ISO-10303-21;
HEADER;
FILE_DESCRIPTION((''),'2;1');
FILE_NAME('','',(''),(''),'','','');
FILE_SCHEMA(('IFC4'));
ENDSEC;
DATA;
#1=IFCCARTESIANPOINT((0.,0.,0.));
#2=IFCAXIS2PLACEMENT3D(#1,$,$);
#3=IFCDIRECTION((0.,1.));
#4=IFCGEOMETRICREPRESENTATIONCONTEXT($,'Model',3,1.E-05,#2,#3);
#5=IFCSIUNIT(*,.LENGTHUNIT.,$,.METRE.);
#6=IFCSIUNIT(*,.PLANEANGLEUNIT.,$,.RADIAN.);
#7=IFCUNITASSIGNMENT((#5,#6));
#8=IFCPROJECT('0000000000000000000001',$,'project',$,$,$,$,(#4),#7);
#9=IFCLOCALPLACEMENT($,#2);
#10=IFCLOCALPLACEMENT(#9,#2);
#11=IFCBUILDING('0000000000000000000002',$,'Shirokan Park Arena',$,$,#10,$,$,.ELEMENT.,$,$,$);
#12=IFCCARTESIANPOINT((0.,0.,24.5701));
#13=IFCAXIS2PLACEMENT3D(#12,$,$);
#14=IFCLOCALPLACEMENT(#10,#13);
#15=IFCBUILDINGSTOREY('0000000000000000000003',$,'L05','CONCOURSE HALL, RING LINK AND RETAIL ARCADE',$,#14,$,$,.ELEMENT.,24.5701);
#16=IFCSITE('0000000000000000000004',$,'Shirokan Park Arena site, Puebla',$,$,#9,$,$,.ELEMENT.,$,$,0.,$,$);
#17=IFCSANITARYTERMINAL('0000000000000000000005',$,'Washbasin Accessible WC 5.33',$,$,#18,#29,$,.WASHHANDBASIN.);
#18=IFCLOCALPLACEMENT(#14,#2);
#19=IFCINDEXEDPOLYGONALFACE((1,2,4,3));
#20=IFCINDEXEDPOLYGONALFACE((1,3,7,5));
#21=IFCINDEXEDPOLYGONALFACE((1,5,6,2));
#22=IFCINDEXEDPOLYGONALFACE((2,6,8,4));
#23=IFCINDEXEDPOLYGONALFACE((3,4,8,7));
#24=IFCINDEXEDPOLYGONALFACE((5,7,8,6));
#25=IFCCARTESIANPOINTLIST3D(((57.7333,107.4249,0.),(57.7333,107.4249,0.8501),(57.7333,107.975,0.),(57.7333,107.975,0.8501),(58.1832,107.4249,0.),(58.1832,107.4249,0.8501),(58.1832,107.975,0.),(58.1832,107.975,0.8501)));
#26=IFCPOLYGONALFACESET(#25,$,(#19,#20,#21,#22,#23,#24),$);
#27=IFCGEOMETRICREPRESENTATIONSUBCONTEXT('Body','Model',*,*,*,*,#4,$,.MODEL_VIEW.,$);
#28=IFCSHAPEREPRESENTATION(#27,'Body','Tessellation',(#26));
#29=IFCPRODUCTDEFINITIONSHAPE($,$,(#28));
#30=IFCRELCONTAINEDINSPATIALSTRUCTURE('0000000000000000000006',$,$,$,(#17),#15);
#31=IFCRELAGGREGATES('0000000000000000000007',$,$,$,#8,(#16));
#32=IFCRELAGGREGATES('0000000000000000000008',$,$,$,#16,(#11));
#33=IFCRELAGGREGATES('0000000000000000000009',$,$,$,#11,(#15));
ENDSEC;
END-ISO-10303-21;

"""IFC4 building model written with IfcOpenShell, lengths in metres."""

from ifc_helpers import new_model, si_unit, direction, frame, origin, origin_2d, place, context, subcontext, project, spatial, rectangle, extrude, element, save


model = new_model("IFC4")

# Units and contexts
model_context = context("Model", 3, precision=1e-05, world=origin(), true_north=direction((0.0, 1.0)))
body_context = subcontext(model_context, "Body", "Model", "MODEL_VIEW")
ifc_project = project(units=[si_unit("LENGTHUNIT", "METRE"), si_unit("PLANEANGLEUNIT", "RADIAN")], contexts=[model_context])

# Site, building, storey
site_placement = place(None, origin())
site = spatial("IfcSite", under=ifc_project, at=site_placement, Name="Shirokan Park Arena site, Puebla", CompositionType="ELEMENT", RefElevation=0.0)
building_placement = place(site_placement, origin())
building = spatial("IfcBuilding", under=site, at=building_placement, Name="Shirokan Park Arena", CompositionType="ELEMENT")
storey_placement = place(building_placement, frame((0.0, 0.0, 24.5701)))
storey = spatial("IfcBuildingStorey", under=building, at=storey_placement, Name="L05", Description="CONCOURSE HALL, RING LINK AND RETAIL ARCADE", CompositionType="ELEMENT", Elevation=24.5701)

# Sanitary terminal
for number, where, z_axis, x_axis, name in (
    (1, (57.9583, 107.7, 0.0), (0.0, 0.0, 1.0), (1.0, 0.0, 0.0), "Washbasin Accessible WC 5.33"),
):
    element("IfcSanitaryTerminal", number, at=place(storey_placement, frame(where, z_axis=z_axis, x_axis=x_axis)), inside=storey, Name=name, PredefinedType="WASHHANDBASIN", context=body_context, shape_type="SweptSolid", body=[
        extrude(rectangle(XDim=0.45, YDim=0.55, at=origin_2d()), origin(), (0.0, 0.0, 1.0), 0.8501),
    ])

save(model, "model.ifc")
